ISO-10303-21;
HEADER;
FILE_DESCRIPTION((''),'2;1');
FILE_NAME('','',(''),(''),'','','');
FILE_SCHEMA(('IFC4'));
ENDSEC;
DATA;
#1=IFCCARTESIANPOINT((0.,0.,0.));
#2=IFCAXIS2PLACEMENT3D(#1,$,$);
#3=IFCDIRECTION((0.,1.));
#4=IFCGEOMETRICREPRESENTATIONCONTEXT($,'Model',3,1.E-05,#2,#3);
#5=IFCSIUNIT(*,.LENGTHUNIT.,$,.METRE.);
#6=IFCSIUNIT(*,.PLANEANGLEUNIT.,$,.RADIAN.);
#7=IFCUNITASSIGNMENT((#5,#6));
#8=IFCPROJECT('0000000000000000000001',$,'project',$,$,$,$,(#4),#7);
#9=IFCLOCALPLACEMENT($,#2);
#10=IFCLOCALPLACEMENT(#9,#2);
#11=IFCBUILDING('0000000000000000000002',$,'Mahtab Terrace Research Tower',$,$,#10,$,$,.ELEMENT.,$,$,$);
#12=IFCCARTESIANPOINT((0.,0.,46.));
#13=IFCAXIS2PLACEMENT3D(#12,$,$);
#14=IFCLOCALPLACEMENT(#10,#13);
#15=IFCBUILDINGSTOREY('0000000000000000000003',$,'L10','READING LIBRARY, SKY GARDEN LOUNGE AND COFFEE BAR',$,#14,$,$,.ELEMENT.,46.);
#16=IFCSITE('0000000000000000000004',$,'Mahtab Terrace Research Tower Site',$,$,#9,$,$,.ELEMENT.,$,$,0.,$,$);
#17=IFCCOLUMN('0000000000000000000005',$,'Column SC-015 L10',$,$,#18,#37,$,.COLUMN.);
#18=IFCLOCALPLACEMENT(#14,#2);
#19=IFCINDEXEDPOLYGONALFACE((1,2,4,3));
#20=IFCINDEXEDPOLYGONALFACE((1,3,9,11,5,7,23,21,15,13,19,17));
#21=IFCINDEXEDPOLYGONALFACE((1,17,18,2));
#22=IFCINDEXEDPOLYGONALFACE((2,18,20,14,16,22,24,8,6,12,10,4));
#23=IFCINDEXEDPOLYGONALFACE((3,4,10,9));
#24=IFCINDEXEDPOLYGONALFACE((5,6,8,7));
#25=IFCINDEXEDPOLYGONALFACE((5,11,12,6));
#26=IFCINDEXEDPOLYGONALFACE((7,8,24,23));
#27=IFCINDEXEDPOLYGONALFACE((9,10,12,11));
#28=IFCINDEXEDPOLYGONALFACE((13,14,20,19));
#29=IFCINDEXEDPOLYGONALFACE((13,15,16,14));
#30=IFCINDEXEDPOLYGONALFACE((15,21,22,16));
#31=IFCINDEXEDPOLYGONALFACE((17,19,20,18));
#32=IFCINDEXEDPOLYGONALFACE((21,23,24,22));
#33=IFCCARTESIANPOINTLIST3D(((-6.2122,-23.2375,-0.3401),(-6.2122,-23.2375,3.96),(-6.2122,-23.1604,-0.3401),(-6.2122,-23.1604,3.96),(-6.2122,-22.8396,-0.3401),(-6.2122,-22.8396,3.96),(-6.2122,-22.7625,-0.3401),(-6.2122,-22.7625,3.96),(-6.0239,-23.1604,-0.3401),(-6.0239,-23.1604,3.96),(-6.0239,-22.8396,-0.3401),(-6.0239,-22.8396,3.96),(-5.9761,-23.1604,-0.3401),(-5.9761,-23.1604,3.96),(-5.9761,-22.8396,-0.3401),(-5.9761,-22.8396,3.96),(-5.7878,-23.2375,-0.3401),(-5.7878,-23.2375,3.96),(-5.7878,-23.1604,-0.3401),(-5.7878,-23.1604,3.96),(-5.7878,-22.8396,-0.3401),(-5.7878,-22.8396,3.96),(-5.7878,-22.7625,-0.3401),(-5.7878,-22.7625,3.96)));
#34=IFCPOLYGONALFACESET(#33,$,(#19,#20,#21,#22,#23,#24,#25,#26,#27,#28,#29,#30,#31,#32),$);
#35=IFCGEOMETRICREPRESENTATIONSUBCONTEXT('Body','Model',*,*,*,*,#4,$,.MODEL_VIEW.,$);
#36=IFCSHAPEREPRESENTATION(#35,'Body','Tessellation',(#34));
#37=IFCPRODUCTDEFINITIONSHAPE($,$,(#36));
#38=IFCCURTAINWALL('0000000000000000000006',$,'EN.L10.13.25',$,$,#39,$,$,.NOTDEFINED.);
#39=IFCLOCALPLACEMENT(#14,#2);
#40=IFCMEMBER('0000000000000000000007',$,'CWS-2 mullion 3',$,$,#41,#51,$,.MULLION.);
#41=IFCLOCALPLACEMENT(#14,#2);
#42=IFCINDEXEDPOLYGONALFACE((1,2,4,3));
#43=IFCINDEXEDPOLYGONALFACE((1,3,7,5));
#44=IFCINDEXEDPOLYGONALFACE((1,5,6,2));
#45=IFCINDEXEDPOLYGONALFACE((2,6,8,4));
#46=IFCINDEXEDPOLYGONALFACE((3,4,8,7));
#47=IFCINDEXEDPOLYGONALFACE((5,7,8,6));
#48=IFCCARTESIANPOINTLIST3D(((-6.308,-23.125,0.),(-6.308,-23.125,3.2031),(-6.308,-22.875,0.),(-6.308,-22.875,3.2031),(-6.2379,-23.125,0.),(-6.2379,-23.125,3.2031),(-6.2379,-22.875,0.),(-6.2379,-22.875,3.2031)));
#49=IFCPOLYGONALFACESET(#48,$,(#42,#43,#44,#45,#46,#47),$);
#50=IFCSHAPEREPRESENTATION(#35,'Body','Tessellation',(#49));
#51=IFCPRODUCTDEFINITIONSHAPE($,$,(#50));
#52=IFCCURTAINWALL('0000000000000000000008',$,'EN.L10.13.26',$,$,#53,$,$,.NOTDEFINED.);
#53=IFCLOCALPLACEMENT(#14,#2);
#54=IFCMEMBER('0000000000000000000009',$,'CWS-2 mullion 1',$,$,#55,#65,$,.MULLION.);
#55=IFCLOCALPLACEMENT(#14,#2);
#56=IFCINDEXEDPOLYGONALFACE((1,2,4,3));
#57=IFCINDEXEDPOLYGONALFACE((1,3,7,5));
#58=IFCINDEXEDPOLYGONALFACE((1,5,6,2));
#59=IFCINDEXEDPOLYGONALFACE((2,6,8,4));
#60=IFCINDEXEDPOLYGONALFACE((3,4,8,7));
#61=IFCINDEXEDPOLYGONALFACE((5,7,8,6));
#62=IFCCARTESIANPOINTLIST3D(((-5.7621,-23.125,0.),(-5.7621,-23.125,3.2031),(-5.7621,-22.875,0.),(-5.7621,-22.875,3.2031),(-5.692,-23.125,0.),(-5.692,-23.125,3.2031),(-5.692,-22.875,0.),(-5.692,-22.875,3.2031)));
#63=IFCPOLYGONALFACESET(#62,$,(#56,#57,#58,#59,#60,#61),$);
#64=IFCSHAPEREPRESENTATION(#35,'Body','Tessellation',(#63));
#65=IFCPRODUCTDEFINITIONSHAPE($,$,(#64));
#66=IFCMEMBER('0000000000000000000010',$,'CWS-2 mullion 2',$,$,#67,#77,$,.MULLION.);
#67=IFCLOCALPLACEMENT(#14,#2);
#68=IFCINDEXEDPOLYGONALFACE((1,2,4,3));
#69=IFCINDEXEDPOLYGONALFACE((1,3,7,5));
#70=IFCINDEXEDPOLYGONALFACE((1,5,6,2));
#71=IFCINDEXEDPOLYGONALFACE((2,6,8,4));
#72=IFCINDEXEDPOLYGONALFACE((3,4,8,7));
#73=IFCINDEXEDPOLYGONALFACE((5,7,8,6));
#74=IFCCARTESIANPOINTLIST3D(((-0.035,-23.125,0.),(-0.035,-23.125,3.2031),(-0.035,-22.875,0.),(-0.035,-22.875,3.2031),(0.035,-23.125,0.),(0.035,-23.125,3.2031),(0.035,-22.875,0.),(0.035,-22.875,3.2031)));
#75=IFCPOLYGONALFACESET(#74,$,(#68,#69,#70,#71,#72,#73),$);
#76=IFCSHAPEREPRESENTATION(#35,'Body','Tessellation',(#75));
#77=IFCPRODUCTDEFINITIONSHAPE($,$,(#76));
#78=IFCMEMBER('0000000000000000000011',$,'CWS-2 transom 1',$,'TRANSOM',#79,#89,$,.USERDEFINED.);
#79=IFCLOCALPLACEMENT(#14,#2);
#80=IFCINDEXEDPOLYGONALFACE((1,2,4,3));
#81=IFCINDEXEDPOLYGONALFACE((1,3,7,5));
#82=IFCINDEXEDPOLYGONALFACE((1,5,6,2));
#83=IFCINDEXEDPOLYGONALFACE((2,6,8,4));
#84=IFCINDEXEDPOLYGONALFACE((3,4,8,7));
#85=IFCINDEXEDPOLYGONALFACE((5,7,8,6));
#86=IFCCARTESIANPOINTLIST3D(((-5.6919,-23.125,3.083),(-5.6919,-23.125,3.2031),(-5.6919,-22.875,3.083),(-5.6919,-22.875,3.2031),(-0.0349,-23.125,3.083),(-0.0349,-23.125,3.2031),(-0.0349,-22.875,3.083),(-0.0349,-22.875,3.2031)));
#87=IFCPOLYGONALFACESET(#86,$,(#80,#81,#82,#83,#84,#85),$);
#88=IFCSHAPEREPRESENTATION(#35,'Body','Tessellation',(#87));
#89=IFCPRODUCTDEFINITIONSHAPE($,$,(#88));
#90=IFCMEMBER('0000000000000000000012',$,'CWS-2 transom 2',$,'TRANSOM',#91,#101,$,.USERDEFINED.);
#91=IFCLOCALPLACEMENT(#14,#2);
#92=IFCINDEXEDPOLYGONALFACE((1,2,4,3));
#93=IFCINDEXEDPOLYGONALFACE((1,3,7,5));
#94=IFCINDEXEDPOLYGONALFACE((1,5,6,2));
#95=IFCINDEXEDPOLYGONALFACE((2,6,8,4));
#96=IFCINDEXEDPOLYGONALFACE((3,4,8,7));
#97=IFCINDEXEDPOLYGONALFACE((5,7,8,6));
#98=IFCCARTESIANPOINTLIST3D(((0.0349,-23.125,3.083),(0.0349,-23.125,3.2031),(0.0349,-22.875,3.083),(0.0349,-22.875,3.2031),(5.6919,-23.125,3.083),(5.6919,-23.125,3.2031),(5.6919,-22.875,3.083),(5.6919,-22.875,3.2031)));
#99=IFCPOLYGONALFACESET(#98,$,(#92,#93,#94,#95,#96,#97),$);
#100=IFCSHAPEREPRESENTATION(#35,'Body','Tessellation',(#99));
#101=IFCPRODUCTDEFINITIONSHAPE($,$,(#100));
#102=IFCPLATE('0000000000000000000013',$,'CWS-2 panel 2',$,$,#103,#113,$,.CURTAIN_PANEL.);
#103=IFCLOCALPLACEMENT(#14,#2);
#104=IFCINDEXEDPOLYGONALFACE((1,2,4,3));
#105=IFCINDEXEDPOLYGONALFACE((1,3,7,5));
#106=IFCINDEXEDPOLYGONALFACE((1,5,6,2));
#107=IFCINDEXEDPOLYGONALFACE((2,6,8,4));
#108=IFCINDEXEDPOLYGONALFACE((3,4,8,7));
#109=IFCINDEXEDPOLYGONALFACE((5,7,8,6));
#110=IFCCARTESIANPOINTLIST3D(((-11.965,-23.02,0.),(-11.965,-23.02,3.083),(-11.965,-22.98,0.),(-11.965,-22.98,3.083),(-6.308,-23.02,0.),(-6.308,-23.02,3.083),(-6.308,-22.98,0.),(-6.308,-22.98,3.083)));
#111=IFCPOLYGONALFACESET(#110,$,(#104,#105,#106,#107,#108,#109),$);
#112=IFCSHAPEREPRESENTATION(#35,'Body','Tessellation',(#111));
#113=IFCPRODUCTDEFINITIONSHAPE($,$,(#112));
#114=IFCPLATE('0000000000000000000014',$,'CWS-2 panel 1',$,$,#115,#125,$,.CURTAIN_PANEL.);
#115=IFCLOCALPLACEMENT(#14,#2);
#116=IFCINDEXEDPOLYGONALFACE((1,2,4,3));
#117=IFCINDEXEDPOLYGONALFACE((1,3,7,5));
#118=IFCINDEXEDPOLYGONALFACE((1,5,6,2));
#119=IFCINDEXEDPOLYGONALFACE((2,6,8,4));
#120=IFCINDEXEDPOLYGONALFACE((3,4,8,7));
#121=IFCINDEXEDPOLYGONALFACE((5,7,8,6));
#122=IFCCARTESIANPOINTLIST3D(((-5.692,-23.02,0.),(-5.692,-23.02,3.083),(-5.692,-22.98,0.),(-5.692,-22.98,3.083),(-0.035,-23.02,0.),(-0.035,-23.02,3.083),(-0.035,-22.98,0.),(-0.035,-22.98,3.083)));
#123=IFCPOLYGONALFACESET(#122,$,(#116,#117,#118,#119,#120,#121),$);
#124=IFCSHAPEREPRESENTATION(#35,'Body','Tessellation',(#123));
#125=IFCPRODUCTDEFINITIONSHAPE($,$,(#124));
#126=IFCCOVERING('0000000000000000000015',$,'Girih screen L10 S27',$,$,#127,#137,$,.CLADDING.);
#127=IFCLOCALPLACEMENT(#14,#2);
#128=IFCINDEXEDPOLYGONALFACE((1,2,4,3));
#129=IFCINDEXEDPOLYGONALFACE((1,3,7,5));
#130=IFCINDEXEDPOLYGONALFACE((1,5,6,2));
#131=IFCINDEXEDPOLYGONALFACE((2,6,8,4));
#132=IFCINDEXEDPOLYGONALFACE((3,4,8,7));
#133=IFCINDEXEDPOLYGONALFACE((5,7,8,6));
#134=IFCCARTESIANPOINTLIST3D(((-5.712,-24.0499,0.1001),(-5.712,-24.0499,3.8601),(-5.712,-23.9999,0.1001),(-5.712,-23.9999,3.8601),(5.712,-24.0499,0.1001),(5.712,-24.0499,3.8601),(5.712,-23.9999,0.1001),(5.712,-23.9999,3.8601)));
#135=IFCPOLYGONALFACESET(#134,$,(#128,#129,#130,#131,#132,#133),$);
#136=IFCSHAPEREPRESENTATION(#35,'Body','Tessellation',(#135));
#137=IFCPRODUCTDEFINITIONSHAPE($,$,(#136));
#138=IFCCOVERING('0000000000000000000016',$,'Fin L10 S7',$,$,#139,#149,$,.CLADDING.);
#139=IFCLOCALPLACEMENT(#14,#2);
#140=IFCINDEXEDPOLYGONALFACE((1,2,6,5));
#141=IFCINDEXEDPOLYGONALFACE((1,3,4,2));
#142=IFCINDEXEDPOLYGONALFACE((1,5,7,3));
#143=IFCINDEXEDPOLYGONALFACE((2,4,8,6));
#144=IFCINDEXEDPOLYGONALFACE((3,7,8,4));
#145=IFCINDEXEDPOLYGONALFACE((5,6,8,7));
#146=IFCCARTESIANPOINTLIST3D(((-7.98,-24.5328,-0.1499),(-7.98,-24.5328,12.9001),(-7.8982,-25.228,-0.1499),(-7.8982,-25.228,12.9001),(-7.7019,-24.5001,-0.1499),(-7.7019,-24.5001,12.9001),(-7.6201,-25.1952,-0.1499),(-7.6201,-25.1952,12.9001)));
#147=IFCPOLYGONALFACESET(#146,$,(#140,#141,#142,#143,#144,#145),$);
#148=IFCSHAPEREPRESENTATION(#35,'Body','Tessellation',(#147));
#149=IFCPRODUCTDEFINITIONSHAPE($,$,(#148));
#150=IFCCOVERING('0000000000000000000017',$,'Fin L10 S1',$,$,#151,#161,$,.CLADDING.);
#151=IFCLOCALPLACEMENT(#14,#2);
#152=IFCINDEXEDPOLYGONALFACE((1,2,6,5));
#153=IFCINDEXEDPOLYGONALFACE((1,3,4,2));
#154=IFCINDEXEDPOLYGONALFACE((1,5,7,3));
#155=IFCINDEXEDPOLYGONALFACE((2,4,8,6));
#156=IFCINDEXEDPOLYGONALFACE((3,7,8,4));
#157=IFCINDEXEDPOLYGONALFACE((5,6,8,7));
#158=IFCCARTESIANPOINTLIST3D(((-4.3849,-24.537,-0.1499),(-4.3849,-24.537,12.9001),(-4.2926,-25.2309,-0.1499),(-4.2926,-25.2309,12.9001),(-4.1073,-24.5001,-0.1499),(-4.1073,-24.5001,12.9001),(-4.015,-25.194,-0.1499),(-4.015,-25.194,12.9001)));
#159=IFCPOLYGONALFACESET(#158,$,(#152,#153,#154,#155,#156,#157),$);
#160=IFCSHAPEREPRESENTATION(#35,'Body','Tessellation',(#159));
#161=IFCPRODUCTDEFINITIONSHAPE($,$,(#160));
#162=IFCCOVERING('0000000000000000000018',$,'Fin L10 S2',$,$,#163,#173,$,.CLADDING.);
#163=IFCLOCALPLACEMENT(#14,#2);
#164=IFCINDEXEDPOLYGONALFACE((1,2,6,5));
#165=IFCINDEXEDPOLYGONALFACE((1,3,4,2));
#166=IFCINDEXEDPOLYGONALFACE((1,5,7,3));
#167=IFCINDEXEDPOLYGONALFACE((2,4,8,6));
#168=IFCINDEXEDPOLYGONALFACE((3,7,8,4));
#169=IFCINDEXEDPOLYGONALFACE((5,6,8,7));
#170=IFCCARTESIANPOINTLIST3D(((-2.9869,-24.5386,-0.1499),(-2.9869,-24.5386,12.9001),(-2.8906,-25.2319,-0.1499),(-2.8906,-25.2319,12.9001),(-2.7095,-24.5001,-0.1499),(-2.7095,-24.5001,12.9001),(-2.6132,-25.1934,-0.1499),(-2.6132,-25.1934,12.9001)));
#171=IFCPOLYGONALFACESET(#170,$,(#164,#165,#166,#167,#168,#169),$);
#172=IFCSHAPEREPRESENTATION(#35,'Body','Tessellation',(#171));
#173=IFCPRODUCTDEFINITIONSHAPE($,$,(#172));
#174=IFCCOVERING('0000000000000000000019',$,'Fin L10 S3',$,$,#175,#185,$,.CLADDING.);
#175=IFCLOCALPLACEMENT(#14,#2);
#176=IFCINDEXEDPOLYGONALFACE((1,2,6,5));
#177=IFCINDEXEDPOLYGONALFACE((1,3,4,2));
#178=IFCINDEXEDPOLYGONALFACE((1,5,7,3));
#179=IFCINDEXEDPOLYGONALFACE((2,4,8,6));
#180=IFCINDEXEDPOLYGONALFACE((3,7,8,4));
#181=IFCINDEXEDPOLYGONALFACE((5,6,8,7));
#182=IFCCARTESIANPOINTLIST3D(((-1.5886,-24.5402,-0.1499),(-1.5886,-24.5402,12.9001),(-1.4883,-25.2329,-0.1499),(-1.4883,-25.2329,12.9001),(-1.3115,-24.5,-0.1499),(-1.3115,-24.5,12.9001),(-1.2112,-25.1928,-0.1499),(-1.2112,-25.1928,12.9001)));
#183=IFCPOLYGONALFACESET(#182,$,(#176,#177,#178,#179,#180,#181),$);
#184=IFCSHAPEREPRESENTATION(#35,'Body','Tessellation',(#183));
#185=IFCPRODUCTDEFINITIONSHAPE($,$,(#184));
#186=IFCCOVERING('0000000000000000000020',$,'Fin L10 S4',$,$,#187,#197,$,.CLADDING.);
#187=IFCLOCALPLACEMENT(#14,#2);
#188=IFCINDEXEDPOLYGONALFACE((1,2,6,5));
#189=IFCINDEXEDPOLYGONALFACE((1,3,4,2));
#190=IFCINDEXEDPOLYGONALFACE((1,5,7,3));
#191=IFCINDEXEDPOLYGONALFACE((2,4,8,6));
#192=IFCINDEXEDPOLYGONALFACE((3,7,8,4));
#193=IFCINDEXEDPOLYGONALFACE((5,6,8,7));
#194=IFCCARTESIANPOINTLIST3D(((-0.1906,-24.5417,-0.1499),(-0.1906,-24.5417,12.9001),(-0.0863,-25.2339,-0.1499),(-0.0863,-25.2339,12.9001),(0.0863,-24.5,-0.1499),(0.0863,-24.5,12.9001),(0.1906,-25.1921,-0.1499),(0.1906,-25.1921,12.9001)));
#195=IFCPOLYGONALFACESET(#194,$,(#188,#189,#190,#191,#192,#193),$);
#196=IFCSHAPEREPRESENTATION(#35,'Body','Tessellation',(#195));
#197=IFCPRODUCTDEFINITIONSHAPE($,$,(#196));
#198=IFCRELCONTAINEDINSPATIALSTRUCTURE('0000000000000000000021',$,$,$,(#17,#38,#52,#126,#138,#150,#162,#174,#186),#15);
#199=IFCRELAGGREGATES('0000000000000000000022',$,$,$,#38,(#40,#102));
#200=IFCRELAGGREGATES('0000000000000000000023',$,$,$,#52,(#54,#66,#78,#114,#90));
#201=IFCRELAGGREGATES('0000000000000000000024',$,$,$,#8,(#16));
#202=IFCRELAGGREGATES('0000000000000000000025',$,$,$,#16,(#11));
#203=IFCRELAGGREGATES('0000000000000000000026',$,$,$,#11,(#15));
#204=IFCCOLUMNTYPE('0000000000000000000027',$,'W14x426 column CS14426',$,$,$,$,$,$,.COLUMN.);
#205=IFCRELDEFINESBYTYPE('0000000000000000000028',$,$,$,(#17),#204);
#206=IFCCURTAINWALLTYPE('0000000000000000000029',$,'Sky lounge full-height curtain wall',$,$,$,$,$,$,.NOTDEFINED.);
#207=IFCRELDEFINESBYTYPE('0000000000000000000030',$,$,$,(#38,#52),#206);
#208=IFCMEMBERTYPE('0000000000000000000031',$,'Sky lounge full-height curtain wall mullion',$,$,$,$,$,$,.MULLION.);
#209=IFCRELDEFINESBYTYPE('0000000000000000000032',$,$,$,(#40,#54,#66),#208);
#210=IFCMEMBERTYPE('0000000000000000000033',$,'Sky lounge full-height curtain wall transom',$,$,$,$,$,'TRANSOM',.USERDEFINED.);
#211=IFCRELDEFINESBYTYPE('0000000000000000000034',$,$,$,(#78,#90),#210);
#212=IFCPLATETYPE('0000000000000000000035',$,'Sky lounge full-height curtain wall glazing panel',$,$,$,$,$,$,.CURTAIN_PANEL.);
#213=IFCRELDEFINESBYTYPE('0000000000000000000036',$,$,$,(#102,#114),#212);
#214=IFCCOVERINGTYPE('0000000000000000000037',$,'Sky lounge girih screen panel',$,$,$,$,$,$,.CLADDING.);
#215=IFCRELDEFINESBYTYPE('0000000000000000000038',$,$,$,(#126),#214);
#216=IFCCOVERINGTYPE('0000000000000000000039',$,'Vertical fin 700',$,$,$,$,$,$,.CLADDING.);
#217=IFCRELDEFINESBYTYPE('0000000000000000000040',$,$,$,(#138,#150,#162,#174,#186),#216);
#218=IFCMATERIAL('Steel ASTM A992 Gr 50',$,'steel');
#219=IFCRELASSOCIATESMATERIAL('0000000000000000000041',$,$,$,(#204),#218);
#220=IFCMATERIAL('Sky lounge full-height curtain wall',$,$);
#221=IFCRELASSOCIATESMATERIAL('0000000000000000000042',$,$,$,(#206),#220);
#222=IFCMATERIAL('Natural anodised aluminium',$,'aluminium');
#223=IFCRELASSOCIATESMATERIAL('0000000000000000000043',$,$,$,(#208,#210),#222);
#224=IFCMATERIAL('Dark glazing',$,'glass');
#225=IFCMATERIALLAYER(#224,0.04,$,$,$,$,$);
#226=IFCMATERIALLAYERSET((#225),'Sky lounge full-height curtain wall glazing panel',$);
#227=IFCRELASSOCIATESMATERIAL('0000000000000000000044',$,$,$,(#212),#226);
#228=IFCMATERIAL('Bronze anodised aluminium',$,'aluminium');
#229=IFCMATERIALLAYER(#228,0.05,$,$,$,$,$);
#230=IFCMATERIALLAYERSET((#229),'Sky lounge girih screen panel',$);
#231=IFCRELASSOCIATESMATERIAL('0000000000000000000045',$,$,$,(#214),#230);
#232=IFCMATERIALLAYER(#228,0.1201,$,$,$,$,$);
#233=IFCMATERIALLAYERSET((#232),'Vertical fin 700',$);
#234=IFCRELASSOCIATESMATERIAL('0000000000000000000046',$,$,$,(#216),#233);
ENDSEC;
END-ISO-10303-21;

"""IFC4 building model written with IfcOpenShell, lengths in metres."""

from ifc_helpers import new_model, si_unit, direction, frame, origin, origin_2d, place, context, subcontext, project, spatial, rectangle, i_section, extrude, material, layer, layer_set, material_profile, profile_set, type_object, element, aggregate, save


model = new_model("IFC4")

# Units and contexts
model_context = context("Model", 3, precision=1e-05, world=origin(), true_north=direction((0.0, 1.0)))
body_context = subcontext(model_context, "Body", "Model", "MODEL_VIEW")
ifc_project = project(units=[si_unit("LENGTHUNIT", "METRE"), si_unit("PLANEANGLEUNIT", "RADIAN")], contexts=[model_context])

# Site, building, storey
site_placement = place(None, origin())
site = spatial("IfcSite", under=ifc_project, at=site_placement, Name="Mahtab Terrace Research Tower Site", CompositionType="ELEMENT", RefElevation=0.0)
building_placement = place(site_placement, origin())
building = spatial("IfcBuilding", under=site, at=building_placement, Name="Mahtab Terrace Research Tower", CompositionType="ELEMENT")
storey_placement = place(building_placement, frame((0.0, 0.0, 46.0)))
storey = spatial("IfcBuildingStorey", under=building, at=storey_placement, Name="L10", Description="READING LIBRARY, SKY GARDEN LOUNGE AND COFFEE BAR", CompositionType="ELEMENT", Elevation=46.0)

# Column
ifc_material_1 = material(Name="Steel ASTM A992 Gr 50", Category="steel")
ifc_material_profile_1 = material_profile(ifc_material_1, i_section(OverallWidth=0.4243, OverallDepth=0.4751, WebThickness=0.0479, FlangeThickness=0.0771, at=origin_2d()), Name="W14X426")
ifc_profile_set_1 = profile_set([ifc_material_profile_1], Name="Steel ASTM A992 Gr 50")
column_type = type_object("IfcColumnType", Name="W14x426 column CS14426", PredefinedType="COLUMN", material=ifc_profile_set_1)
column_placement = place(storey_placement, frame((-6.0, -23.0, -0.3401), z_axis=(0.0, 0.0, 1.0), x_axis=(1.0, 0.0, 0.0)))
element("IfcColumn", 1, at=column_placement, inside=storey, type_object=column_type, Name="Column SC-015 L10", PredefinedType="COLUMN", context=body_context, shape_type="SweptSolid", body=[
    extrude(i_section(OverallWidth=0.4243, OverallDepth=0.4751, WebThickness=0.0479, FlangeThickness=0.0771, at=origin_2d()), origin(), (0.0, 0.0, 1.0), 4.3),
])

# Curtain wall, member
ifc_material_2 = material(Name="Sky lounge full-height curtain wall")
curtain_wall_type = type_object("IfcCurtainWallType", Name="Sky lounge full-height curtain wall", PredefinedType="NOTDEFINED", material=ifc_material_2)
curtain_wall_1_placement = place(storey_placement, origin())
curtain_wall_1 = element("IfcCurtainWall", 2, at=curtain_wall_1_placement, inside=storey, type_object=curtain_wall_type, Name="EN.L10.13.25", PredefinedType="NOTDEFINED")
ifc_material_3 = material(Name="Natural anodised aluminium", Category="aluminium")
ifc_material_profile_2 = material_profile(ifc_material_3, rectangle(XDim=0.25, YDim=0.0701, at=origin_2d()), Name="MULLION 70x250")
ifc_profile_set_2 = profile_set([ifc_material_profile_2], Name="Natural anodised aluminium")
member_type_1 = type_object("IfcMemberType", Name="Sky lounge full-height curtain wall mullion", PredefinedType="MULLION", material=ifc_profile_set_2)
member_1_placement = place(storey_placement, frame((-6.2729, -23.0, 0.0), z_axis=(0.0, 0.0, 1.0), x_axis=(0.0, 1.0, 0.0)))
member_1 = element("IfcMember", 3, at=member_1_placement, type_object=member_type_1, Name="CWS-2 mullion 3", PredefinedType="MULLION", context=body_context, shape_type="SweptSolid", body=[
    extrude(rectangle(XDim=0.25, YDim=0.0701, at=origin_2d()), origin(), (0.0, 0.0, 1.0), 3.2031),
])

# Curtain wall, members
curtain_wall_2_placement = place(storey_placement, origin())
curtain_wall_2 = element("IfcCurtainWall", 4, at=curtain_wall_2_placement, inside=storey, type_object=curtain_wall_type, Name="EN.L10.13.26", PredefinedType="NOTDEFINED")
member_2_placement = place(storey_placement, frame((-5.7271, -23.0, 0.0), z_axis=(0.0, 0.0, 1.0), x_axis=(0.0, 1.0, 0.0)))
member_2 = element("IfcMember", 5, at=member_2_placement, type_object=member_type_1, Name="CWS-2 mullion 1", PredefinedType="MULLION", context=body_context, shape_type="SweptSolid", body=[
    extrude(rectangle(XDim=0.25, YDim=0.0701, at=origin_2d()), origin(), (0.0, 0.0, 1.0), 3.2031),
])
member_3_placement = place(storey_placement, frame((0.0, -23.0, 0.0), z_axis=(0.0, 0.0, 1.0), x_axis=(0.0, 1.0, 0.0)))
member_3 = element("IfcMember", 6, at=member_3_placement, type_object=member_type_1, Name="CWS-2 mullion 2", PredefinedType="MULLION", context=body_context, shape_type="SweptSolid", body=[
    extrude(rectangle(XDim=0.25, YDim=0.0701, at=origin_2d()), origin(), (0.0, 0.0, 1.0), 3.2031),
])
ifc_material_profile_3 = material_profile(ifc_material_3, rectangle(XDim=0.25, YDim=0.1201, at=origin_2d()), Name="TRANSOM 120x250")
ifc_profile_set_3 = profile_set([ifc_material_profile_3], Name="Natural anodised aluminium")
member_type_2 = type_object("IfcMemberType", Name="Sky lounge full-height curtain wall transom", ElementType="TRANSOM", PredefinedType="USERDEFINED", material=ifc_profile_set_3)
member_4_placement = place(storey_placement, frame((-5.6919, -23.0, 3.1431), z_axis=(1.0, 0.0, 0.0), x_axis=(0.0, 1.0, 0.0)))
member_4 = element("IfcMember", 7, at=member_4_placement, type_object=member_type_2, Name="CWS-2 transom 1", ObjectType="TRANSOM", PredefinedType="USERDEFINED", context=body_context, shape_type="SweptSolid", body=[
    extrude(rectangle(XDim=0.25, YDim=0.1201, at=origin_2d()), origin(), (0.0, 0.0, 1.0), 5.657),
])
member_5_placement = place(storey_placement, frame((0.0349, -23.0, 3.1431), z_axis=(1.0, 0.0, 0.0), x_axis=(0.0, 1.0, 0.0)))
member_5 = element("IfcMember", 8, at=member_5_placement, type_object=member_type_2, Name="CWS-2 transom 2", ObjectType="TRANSOM", PredefinedType="USERDEFINED", context=body_context, shape_type="SweptSolid", body=[
    extrude(rectangle(XDim=0.25, YDim=0.1201, at=origin_2d()), origin(), (0.0, 0.0, 1.0), 5.657),
])

# Plates
ifc_material_4 = material(Name="Dark glazing", Category="glass")
ifc_layer_1 = layer(ifc_material_4, 0.04)
ifc_layer_set_1 = layer_set([ifc_layer_1], Name="Sky lounge full-height curtain wall glazing panel")
plate_type = type_object("IfcPlateType", Name="Sky lounge full-height curtain wall glazing panel", PredefinedType="CURTAIN_PANEL", material=ifc_layer_set_1)
plate_1_placement = place(storey_placement, frame((-9.1365, -23.0, 0.0), z_axis=(0.0, 0.0, 1.0), x_axis=(1.0, 0.0, 0.0)))
plate_1 = element("IfcPlate", 9, at=plate_1_placement, type_object=plate_type, Name="CWS-2 panel 2", PredefinedType="CURTAIN_PANEL", context=body_context, shape_type="SweptSolid", body=[
    extrude(rectangle(XDim=5.657, YDim=0.04, at=origin_2d()), origin(), (0.0, 0.0, 1.0), 3.083),
])
aggregate(curtain_wall_1, [member_1, plate_1])
plate_2_placement = place(storey_placement, frame((-2.8635, -23.0, 0.0), z_axis=(0.0, 0.0, 1.0), x_axis=(1.0, 0.0, 0.0)))
plate_2 = element("IfcPlate", 10, at=plate_2_placement, type_object=plate_type, Name="CWS-2 panel 1", PredefinedType="CURTAIN_PANEL", context=body_context, shape_type="SweptSolid", body=[
    extrude(rectangle(XDim=5.657, YDim=0.04, at=origin_2d()), origin(), (0.0, 0.0, 1.0), 3.083),
])
aggregate(curtain_wall_2, [member_2, member_3, member_4, plate_2, member_5])

# Coverings
ifc_material_5 = material(Name="Bronze anodised aluminium", Category="aluminium")
ifc_layer_2 = layer(ifc_material_5, 0.05)
ifc_layer_set_2 = layer_set([ifc_layer_2], Name="Sky lounge girih screen panel")
covering_type_1 = type_object("IfcCoveringType", Name="Sky lounge girih screen panel", PredefinedType="CLADDING", material=ifc_layer_set_2)
covering_placement = place(storey_placement, frame((0.0, -24.0249, 0.1001), z_axis=(0.0, 0.0, 1.0), x_axis=(1.0, 0.0, 0.0)))
element("IfcCovering", 11, at=covering_placement, inside=storey, type_object=covering_type_1, Name="Girih screen L10 S27", PredefinedType="CLADDING", context=body_context, shape_type="SweptSolid", body=[
    extrude(rectangle(XDim=11.4241, YDim=0.05, at=origin_2d()), origin(), (0.0, 0.0, 1.0), 3.76),
])
ifc_layer_3 = layer(ifc_material_5, 0.1201)
ifc_layer_set_3 = layer_set([ifc_layer_3], Name="Vertical fin 700")
covering_type_2 = type_object("IfcCoveringType", Name="Vertical fin 700", PredefinedType="CLADDING", material=ifc_layer_set_3)
for number, where, z_axis, x_axis, name in (
    (12, (-7.8, -24.864, -0.1499), (0.0, 0.0, 1.0), (0.993142, 0.116918, 0.0), "Fin L10 S7"),
    (13, (-4.2, -24.8655, -0.1499), (0.0, 0.0, 1.0), (0.991281, 0.131762, 0.0), "Fin L10 S1"),
    (14, (-2.8, -24.866, -0.1499), (0.0, 0.0, 1.0), (0.990498, 0.137527, 0.0), "Fin L10 S2"),
    (15, (-1.3999, -24.8665, -0.1499), (0.0, 0.0, 1.0), (0.989681, 0.143287, 0.0), "Fin L10 S3"),
    (16, (0.0, -24.8669, -0.1499), (0.0, 0.0, 1.0), (0.988831, 0.149042, 0.0), "Fin L10 S4"),
):
    element("IfcCovering", number, at=place(storey_placement, frame(where, z_axis=z_axis, x_axis=x_axis)), inside=storey, type_object=covering_type_2, Name=name, PredefinedType="CLADDING", context=body_context, shape_type="SweptSolid", body=[
        extrude(rectangle(XDim=0.28, YDim=0.7, at=origin_2d()), origin(), (0.0, 0.0, 1.0), 13.05),
    ])

save(model, "model.ifc")
